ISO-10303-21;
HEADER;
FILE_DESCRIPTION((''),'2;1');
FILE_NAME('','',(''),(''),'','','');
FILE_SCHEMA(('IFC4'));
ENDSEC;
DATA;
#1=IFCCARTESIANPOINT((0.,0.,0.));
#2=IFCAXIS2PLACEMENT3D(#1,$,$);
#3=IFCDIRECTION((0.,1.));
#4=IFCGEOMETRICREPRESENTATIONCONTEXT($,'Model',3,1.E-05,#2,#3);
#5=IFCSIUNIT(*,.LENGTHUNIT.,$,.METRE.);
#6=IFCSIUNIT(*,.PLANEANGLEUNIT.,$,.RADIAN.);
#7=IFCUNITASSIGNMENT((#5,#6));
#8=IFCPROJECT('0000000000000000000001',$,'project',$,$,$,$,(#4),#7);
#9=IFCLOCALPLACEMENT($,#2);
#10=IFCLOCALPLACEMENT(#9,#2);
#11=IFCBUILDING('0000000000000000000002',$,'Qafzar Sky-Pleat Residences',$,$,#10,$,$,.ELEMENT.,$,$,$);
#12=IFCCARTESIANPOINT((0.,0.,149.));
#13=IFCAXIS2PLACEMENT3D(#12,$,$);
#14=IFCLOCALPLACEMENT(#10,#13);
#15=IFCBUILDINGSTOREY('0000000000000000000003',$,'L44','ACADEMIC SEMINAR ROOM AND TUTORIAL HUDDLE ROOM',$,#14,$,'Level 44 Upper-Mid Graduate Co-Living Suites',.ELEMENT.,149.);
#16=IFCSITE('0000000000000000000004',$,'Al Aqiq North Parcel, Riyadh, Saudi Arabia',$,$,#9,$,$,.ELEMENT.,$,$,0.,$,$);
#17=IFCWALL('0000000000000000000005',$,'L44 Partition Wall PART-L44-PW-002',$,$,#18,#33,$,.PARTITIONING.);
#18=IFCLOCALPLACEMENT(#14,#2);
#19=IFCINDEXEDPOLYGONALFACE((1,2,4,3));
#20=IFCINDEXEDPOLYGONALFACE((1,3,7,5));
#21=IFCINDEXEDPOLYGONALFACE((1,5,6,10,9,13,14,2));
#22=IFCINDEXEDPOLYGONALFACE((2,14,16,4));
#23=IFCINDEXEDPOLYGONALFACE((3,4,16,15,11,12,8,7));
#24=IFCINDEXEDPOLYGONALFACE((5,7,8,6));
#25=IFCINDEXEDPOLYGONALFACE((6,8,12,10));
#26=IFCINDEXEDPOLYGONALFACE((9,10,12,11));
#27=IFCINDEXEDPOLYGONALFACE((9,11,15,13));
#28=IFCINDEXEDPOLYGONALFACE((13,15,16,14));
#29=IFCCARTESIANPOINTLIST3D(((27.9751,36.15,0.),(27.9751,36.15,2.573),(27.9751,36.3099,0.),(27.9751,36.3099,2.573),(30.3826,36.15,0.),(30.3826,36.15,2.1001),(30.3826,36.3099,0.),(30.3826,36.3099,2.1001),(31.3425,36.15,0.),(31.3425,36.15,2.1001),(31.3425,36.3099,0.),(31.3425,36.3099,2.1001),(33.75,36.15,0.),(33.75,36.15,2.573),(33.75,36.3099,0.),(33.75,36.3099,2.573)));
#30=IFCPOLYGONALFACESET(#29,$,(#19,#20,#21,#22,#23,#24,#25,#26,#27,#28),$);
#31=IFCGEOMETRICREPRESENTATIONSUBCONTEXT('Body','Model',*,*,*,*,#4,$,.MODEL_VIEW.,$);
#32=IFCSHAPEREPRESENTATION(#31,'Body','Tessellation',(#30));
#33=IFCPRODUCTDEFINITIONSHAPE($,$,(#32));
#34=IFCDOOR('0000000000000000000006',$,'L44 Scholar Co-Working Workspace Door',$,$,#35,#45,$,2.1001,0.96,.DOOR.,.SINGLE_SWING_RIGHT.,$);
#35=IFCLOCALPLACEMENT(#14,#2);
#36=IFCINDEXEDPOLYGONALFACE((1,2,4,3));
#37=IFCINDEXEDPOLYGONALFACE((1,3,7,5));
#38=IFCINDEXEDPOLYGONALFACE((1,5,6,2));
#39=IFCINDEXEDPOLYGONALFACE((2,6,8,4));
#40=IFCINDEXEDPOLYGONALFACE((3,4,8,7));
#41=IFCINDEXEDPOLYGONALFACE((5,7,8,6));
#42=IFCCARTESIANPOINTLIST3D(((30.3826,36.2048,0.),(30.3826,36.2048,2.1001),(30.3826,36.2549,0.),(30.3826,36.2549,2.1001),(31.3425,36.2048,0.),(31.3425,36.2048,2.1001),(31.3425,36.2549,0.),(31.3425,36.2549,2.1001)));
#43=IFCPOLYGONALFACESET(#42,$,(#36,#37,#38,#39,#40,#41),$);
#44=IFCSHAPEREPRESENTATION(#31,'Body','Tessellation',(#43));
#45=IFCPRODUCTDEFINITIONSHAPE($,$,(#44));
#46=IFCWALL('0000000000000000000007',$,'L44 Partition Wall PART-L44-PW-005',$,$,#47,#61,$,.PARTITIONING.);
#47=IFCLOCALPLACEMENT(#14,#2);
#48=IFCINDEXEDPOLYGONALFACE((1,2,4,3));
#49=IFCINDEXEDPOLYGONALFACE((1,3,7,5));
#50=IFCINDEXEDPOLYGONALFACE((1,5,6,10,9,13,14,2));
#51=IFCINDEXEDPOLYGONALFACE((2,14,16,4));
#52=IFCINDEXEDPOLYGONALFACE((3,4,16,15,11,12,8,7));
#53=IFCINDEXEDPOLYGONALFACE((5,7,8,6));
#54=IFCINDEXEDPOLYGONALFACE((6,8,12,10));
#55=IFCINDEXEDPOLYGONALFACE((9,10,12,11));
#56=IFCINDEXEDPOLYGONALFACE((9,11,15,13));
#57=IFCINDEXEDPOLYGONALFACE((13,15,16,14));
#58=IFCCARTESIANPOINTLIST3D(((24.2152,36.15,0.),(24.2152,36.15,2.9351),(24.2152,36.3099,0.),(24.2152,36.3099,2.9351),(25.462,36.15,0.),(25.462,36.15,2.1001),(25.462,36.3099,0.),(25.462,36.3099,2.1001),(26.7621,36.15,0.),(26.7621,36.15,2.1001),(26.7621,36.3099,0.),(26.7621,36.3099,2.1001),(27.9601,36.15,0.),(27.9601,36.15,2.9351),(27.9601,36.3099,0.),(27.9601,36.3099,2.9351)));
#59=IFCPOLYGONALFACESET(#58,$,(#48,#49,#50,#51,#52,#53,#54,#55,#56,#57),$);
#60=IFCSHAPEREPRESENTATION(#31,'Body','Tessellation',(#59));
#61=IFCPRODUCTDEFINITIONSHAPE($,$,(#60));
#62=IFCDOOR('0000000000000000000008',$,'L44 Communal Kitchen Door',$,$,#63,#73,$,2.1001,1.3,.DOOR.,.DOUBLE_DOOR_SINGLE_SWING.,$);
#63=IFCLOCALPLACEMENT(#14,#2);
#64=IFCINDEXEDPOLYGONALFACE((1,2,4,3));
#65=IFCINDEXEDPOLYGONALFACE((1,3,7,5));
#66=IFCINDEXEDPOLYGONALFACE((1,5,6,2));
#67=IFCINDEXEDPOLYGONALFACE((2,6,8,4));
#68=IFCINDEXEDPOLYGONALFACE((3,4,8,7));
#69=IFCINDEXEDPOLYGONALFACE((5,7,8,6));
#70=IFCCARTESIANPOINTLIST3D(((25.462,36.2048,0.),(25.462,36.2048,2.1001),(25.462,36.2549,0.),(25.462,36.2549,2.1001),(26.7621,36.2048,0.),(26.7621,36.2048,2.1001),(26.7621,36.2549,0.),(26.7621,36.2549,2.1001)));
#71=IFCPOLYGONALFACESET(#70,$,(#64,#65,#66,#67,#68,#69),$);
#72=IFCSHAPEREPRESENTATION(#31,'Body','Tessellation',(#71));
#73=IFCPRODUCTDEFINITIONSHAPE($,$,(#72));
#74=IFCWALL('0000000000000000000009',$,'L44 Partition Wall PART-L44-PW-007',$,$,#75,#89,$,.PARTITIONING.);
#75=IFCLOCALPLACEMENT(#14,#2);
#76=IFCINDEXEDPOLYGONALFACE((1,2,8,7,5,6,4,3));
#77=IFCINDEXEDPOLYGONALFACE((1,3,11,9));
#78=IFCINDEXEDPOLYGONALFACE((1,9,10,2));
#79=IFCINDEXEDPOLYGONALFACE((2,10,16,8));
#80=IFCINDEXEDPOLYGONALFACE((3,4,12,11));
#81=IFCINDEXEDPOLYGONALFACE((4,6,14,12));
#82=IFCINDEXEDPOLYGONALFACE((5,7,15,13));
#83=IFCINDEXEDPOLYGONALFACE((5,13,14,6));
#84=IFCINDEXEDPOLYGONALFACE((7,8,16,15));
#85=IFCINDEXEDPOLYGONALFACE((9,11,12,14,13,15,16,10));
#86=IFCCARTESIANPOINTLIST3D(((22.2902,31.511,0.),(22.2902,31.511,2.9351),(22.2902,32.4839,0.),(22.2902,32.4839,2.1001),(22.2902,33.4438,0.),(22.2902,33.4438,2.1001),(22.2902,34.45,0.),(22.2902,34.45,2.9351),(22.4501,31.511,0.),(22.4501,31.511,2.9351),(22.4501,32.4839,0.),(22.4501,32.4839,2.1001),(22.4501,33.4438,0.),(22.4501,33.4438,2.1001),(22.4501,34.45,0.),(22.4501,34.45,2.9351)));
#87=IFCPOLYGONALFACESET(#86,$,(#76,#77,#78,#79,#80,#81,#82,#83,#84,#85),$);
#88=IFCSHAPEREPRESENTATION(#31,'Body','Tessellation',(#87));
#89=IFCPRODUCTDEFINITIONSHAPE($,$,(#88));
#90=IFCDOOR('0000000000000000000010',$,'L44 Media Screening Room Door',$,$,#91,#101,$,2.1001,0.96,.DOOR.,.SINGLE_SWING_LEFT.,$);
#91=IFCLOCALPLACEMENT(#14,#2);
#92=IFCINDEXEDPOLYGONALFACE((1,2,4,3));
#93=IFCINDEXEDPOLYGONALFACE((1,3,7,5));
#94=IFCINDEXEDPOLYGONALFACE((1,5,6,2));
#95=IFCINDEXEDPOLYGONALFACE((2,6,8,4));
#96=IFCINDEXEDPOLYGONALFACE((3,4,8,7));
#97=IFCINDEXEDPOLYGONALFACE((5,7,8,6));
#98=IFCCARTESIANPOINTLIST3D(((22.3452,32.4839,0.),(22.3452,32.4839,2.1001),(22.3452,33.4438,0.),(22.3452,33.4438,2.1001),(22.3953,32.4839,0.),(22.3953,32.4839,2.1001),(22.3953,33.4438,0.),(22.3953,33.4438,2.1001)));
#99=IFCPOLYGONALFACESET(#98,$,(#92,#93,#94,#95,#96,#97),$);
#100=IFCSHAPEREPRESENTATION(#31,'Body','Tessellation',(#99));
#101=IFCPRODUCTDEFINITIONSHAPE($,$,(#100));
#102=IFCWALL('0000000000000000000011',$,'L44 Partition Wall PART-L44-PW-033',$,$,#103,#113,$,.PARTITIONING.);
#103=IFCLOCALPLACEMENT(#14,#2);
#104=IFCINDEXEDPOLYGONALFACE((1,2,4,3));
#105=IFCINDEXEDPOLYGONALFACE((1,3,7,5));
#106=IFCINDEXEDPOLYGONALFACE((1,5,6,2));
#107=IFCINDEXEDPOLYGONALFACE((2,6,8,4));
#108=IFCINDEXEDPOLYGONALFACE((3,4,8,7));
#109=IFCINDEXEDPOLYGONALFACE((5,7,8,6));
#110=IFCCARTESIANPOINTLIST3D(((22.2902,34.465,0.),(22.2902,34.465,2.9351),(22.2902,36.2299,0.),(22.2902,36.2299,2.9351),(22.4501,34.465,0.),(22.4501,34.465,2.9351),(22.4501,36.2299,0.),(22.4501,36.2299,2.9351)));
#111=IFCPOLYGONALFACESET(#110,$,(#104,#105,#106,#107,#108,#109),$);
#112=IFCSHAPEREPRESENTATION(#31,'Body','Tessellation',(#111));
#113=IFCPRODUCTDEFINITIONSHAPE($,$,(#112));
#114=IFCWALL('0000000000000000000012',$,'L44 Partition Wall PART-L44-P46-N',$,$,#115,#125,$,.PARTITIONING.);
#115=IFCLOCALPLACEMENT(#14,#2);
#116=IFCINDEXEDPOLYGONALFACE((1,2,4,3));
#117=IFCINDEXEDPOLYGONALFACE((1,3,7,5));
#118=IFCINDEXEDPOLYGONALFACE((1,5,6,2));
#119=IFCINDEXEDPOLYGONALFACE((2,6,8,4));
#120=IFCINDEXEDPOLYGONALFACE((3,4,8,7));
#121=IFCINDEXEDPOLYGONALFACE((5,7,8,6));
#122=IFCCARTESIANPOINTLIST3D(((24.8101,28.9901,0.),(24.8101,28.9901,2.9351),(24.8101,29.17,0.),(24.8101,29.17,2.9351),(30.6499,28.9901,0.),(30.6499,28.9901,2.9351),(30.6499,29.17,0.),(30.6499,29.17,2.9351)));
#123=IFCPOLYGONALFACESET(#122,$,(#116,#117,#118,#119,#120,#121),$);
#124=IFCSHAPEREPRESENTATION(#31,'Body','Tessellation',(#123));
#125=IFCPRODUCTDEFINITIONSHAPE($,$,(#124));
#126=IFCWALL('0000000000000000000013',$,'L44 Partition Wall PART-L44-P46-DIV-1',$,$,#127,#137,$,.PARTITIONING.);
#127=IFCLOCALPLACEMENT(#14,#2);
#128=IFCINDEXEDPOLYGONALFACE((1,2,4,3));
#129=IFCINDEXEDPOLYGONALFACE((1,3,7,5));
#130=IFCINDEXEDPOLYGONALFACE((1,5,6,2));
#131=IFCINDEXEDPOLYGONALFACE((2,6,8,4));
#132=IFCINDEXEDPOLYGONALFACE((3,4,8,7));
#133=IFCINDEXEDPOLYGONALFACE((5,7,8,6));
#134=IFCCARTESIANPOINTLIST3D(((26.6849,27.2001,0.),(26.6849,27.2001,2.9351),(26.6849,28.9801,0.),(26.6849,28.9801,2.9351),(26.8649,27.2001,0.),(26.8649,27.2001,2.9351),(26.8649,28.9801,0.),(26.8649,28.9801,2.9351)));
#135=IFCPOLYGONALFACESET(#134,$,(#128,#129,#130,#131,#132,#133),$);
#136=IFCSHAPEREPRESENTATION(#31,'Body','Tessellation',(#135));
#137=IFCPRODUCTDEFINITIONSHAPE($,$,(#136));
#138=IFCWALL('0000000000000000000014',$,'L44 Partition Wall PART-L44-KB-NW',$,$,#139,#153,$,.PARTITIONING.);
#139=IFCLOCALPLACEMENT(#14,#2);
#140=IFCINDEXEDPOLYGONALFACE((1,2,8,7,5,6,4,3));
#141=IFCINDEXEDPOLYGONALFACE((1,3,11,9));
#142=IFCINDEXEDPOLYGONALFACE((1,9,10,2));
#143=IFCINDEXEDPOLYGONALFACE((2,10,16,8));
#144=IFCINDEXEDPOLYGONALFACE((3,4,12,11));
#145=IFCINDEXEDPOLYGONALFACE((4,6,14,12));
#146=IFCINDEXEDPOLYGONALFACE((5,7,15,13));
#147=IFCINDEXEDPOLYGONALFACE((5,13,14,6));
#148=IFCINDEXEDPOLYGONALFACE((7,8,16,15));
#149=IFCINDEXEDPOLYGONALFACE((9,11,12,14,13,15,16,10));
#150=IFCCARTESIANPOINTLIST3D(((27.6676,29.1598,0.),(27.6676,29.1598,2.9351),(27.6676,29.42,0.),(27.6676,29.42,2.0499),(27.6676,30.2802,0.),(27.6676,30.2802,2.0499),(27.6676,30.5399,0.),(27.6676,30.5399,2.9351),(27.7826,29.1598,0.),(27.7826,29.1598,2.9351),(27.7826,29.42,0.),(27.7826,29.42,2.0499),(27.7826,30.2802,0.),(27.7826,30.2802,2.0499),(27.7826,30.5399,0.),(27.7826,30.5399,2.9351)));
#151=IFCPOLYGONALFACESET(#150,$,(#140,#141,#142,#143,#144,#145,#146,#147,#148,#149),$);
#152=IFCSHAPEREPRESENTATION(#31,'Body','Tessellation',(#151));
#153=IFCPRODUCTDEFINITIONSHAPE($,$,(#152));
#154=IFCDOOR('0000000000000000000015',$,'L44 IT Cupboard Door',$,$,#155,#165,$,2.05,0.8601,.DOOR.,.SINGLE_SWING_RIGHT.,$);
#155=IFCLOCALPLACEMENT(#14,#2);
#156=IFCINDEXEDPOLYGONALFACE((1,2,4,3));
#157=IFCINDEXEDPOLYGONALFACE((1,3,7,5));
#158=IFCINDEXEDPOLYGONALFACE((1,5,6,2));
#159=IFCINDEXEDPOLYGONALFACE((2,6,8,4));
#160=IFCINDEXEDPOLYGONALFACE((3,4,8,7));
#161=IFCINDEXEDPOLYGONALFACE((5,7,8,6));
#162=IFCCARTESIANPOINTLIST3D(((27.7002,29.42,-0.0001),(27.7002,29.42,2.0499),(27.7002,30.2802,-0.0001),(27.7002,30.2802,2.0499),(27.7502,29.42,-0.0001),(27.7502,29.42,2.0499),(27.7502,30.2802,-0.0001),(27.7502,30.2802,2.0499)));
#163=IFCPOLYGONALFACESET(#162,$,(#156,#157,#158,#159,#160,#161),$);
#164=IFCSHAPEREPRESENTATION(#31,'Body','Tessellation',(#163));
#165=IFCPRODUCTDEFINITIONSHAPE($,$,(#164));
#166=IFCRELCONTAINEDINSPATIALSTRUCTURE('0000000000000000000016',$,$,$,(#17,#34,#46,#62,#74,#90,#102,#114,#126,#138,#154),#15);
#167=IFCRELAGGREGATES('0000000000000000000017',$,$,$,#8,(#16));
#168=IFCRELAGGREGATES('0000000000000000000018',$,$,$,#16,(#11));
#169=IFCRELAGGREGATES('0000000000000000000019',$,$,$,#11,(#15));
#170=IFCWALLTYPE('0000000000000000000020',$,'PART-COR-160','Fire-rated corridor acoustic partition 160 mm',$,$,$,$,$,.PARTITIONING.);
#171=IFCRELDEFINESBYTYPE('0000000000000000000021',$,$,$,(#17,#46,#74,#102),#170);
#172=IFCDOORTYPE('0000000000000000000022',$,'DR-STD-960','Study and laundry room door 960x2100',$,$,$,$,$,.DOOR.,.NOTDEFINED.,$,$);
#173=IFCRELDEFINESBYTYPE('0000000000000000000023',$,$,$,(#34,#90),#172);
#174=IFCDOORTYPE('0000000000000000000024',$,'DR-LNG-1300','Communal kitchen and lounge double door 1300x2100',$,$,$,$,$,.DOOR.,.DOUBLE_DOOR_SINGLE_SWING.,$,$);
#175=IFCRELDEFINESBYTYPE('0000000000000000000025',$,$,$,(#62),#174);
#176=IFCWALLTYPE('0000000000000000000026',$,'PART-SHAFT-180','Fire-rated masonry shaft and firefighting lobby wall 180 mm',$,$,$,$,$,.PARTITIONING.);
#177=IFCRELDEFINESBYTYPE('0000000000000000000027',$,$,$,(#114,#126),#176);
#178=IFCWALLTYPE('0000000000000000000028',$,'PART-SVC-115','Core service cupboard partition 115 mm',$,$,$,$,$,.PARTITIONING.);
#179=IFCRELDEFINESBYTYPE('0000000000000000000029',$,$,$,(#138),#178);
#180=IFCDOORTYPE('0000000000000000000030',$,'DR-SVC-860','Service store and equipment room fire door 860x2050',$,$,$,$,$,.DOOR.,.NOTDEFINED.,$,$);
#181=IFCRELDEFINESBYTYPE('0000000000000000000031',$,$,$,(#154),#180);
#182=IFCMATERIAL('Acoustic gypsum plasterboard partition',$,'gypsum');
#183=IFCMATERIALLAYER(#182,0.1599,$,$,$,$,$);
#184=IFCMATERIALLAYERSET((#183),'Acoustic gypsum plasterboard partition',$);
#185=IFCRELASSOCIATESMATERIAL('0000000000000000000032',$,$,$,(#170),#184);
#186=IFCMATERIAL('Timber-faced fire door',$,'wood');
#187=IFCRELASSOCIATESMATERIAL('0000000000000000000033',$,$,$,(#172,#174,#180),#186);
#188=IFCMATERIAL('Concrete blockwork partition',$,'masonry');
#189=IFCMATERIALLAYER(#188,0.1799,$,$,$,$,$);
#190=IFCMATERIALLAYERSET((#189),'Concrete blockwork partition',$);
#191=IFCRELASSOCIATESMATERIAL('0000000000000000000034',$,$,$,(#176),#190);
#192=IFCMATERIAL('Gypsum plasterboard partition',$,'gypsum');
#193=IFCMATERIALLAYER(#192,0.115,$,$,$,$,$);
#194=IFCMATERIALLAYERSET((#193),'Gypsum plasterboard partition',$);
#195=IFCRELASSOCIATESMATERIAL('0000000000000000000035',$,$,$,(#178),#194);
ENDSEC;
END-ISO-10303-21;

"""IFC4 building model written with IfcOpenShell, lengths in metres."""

from ifc_helpers import new_model, si_unit, direction, frame, frame_2d, origin, place, context, subcontext, project, spatial, rectangle, extrude, source, transform, mapped, material, layer, layer_set, type_object, element, fill, save


model = new_model("IFC4")

# Units and contexts
model_context = context("Model", 3, precision=1e-05, world=origin(), true_north=direction((0.0, 1.0)))
body_context = subcontext(model_context, "Body", "Model", "MODEL_VIEW")
ifc_project = project(units=[si_unit("LENGTHUNIT", "METRE"), si_unit("PLANEANGLEUNIT", "RADIAN")], contexts=[model_context])

# Site, building, storey
site_placement = place(None, origin())
site = spatial("IfcSite", under=ifc_project, at=site_placement, Name="Al Aqiq North Parcel, Riyadh, Saudi Arabia", CompositionType="ELEMENT", RefElevation=0.0)
building_placement = place(site_placement, origin())
building = spatial("IfcBuilding", under=site, at=building_placement, Name="Qafzar Sky-Pleat Residences", CompositionType="ELEMENT")
storey_placement = place(building_placement, frame((0.0, 0.0, 149.0)))
storey = spatial("IfcBuildingStorey", under=building, at=storey_placement, Name="L44", Description="ACADEMIC SEMINAR ROOM AND TUTORIAL HUDDLE ROOM", LongName="Level 44 Upper-Mid Graduate Co-Living Suites", CompositionType="ELEMENT", Elevation=149.0)

# Walls, openings, doors
ifc_material_1 = material(Name="Acoustic gypsum plasterboard partition", Category="gypsum")
ifc_layer_1 = layer(ifc_material_1, 0.1599)
ifc_layer_set_1 = layer_set([ifc_layer_1], Name="Acoustic gypsum plasterboard partition")
wall_type_1 = type_object("IfcWallType", Name="PART-COR-160", Description="Fire-rated corridor acoustic partition 160 mm", PredefinedType="PARTITIONING", material=ifc_layer_set_1)
wall_1_placement = place(storey_placement, frame((27.9751, 36.23, 0.0), z_axis=(0.0, 0.0, 1.0), x_axis=(1.0, 0.0, 0.0)))
wall_1 = element("IfcWall", 1, at=wall_1_placement, inside=storey, type_object=wall_type_1, Name="L44 Partition Wall PART-L44-PW-002", PredefinedType="PARTITIONING", context=body_context, shape_type="SweptSolid", body=[
    extrude(rectangle(XDim=5.7749, YDim=0.1599, at=frame_2d((2.8875, 0.0))), origin(), (0.0, 0.0, 1.0), 2.573),
])
opening_1_placement = place(wall_1_placement, frame((2.4075, 0.0, 0.0)))
opening_1 = element("IfcOpeningElement", 2, at=opening_1_placement, cuts=wall_1, PredefinedType="OPENING", context=body_context, shape_type="SweptSolid", body=[
    extrude(rectangle(XDim=0.96, YDim=2.1001, at=frame_2d((0.48, 1.05))), frame((0.0, 0.0898, 0.0), z_axis=(0.0, -1.0, 0.0), x_axis=(1.0, 0.0, 0.0)), (0.0, 0.0, 1.0), 0.1799),
])
ifc_material_2 = material(Name="Timber-faced fire door", Category="wood")
door_type_1 = type_object("IfcDoorType", Name="DR-STD-960", Description="Study and laundry room door 960x2100", OperationType="NOTDEFINED", PredefinedType="DOOR", material=ifc_material_2)
shared_shape_1 = source(origin(), body_context, "Body", "SweptSolid", [
    extrude(rectangle(XDim=0.96, YDim=2.1001, at=frame_2d((0.48, 1.05))), frame((0.0, 0.0249, 0.0), z_axis=(0.0, -1.0, 0.0), x_axis=(1.0, 0.0, 0.0)), (0.0, 0.0, 1.0), 0.05),
])
door_1_placement = place(opening_1_placement, origin())
door_1 = element("IfcDoor", 3, at=door_1_placement, inside=storey, type_object=door_type_1, Name="L44 Scholar Co-Working Workspace Door", OperationType="SINGLE_SWING_RIGHT", OverallHeight=2.1001, OverallWidth=0.96, PredefinedType="DOOR", context=body_context, shape_type="MappedRepresentation", body=[
    mapped(shared_shape_1, transform((0.0, 0.0, 0.0), x_axis=(1.0, 0.0, 0.0), y_axis=(0.0, 1.0, 0.0), z_axis=(0.0, 0.0, 1.0), scale=1.0)),
])
fill(opening_1, door_1)
wall_2_placement = place(storey_placement, frame((24.2151, 36.23, 0.0), z_axis=(0.0, 0.0, 1.0), x_axis=(1.0, 0.0, 0.0)))
wall_2 = element("IfcWall", 4, at=wall_2_placement, inside=storey, type_object=wall_type_1, Name="L44 Partition Wall PART-L44-PW-005", PredefinedType="PARTITIONING", context=body_context, shape_type="SweptSolid", body=[
    extrude(rectangle(XDim=3.7449, YDim=0.1599, at=frame_2d((1.8726, 0.0))), origin(), (0.0, 0.0, 1.0), 2.9351),
])
opening_2_placement = place(wall_2_placement, frame((1.2471, 0.0, 0.0)))
opening_2 = element("IfcOpeningElement", 5, at=opening_2_placement, cuts=wall_2, PredefinedType="OPENING", context=body_context, shape_type="SweptSolid", body=[
    extrude(rectangle(XDim=1.3, YDim=2.1001, at=frame_2d((0.6499, 1.05))), frame((0.0, 0.0898, 0.0), z_axis=(0.0, -1.0, 0.0), x_axis=(1.0, 0.0, 0.0)), (0.0, 0.0, 1.0), 0.1799),
])
door_type_2 = type_object("IfcDoorType", Name="DR-LNG-1300", Description="Communal kitchen and lounge double door 1300x2100", OperationType="DOUBLE_DOOR_SINGLE_SWING", PredefinedType="DOOR", material=ifc_material_2)
shared_shape_2 = source(origin(), body_context, "Body", "SweptSolid", [
    extrude(rectangle(XDim=1.3, YDim=2.1001, at=frame_2d((0.6499, 1.05))), frame((0.0, 0.0249, 0.0), z_axis=(0.0, -1.0, 0.0), x_axis=(1.0, 0.0, 0.0)), (0.0, 0.0, 1.0), 0.05),
])
door_2_placement = place(opening_2_placement, origin())
door_2 = element("IfcDoor", 6, at=door_2_placement, inside=storey, type_object=door_type_2, Name="L44 Communal Kitchen Door", OperationType="DOUBLE_DOOR_SINGLE_SWING", OverallHeight=2.1001, OverallWidth=1.3, PredefinedType="DOOR", context=body_context, shape_type="MappedRepresentation", body=[
    mapped(shared_shape_2, transform((0.0, 0.0, 0.0), x_axis=(1.0, 0.0, 0.0), y_axis=(0.0, 1.0, 0.0), z_axis=(0.0, 0.0, 1.0), scale=1.0)),
])
fill(opening_2, door_2)
wall_3_placement = place(storey_placement, frame((22.3701, 31.511, 0.0), z_axis=(0.0, 0.0, 1.0), x_axis=(0.0, 1.0, 0.0)))
wall_3 = element("IfcWall", 7, at=wall_3_placement, inside=storey, type_object=wall_type_1, Name="L44 Partition Wall PART-L44-PW-007", PredefinedType="PARTITIONING", context=body_context, shape_type="SweptSolid", body=[
    extrude(rectangle(XDim=2.939, YDim=0.1599, at=frame_2d((1.4695, 0.0))), origin(), (0.0, 0.0, 1.0), 2.9351),
])
opening_3_placement = place(wall_3_placement, frame((0.9729, 0.0, 0.0)))
opening_3 = element("IfcOpeningElement", 8, at=opening_3_placement, cuts=wall_3, PredefinedType="OPENING", context=body_context, shape_type="SweptSolid", body=[
    extrude(rectangle(XDim=0.96, YDim=2.1001, at=frame_2d((0.48, 1.05))), frame((0.0, 0.0898, 0.0), z_axis=(0.0, -1.0, 0.0), x_axis=(1.0, 0.0, 0.0)), (0.0, 0.0, 1.0), 0.1799),
])
door_3_placement = place(opening_3_placement, origin())
door_3 = element("IfcDoor", 9, at=door_3_placement, inside=storey, type_object=door_type_1, Name="L44 Media Screening Room Door", OperationType="SINGLE_SWING_LEFT", OverallHeight=2.1001, OverallWidth=0.96, PredefinedType="DOOR", context=body_context, shape_type="MappedRepresentation", body=[
    mapped(shared_shape_1, transform((0.0, 0.0, 0.0), x_axis=(1.0, 0.0, 0.0), y_axis=(0.0, 1.0, 0.0), z_axis=(0.0, 0.0, 1.0), scale=1.0)),
])
fill(opening_3, door_3)

# Walls
wall_4_placement = place(storey_placement, frame((22.3701, 34.4651, 0.0), z_axis=(0.0, 0.0, 1.0), x_axis=(0.0, 1.0, 0.0)))
element("IfcWall", 10, at=wall_4_placement, inside=storey, type_object=wall_type_1, Name="L44 Partition Wall PART-L44-PW-033", PredefinedType="PARTITIONING", context=body_context, shape_type="SweptSolid", body=[
    extrude(rectangle(XDim=1.7649, YDim=0.1599, at=frame_2d((0.8823, 0.0))), origin(), (0.0, 0.0, 1.0), 2.9351),
])
ifc_material_3 = material(Name="Concrete blockwork partition", Category="masonry")
ifc_layer_2 = layer(ifc_material_3, 0.1799)
ifc_layer_set_2 = layer_set([ifc_layer_2], Name="Concrete blockwork partition")
wall_type_2 = type_object("IfcWallType", Name="PART-SHAFT-180", Description="Fire-rated masonry shaft and firefighting lobby wall 180 mm", PredefinedType="PARTITIONING", material=ifc_layer_set_2)
wall_5_placement = place(storey_placement, frame((24.8101, 29.0801, 0.0), z_axis=(0.0, 0.0, 1.0), x_axis=(1.0, 0.0, 0.0)))
element("IfcWall", 11, at=wall_5_placement, inside=storey, type_object=wall_type_2, Name="L44 Partition Wall PART-L44-P46-N", PredefinedType="PARTITIONING", context=body_context, shape_type="SweptSolid", body=[
    extrude(rectangle(XDim=5.8398, YDim=0.1799, at=frame_2d((2.9199, 0.0))), origin(), (0.0, 0.0, 1.0), 2.9351),
])

# Wall
wall_6_placement = place(storey_placement, frame((26.7749, 27.2, 0.0), z_axis=(0.0, 0.0, 1.0), x_axis=(0.0, 1.0, 0.0)))
element("IfcWall", 12, at=wall_6_placement, inside=storey, type_object=wall_type_2, Name="L44 Partition Wall PART-L44-P46-DIV-1", PredefinedType="PARTITIONING", context=body_context, shape_type="SweptSolid", body=[
    extrude(rectangle(XDim=1.78, YDim=0.1799, at=frame_2d((0.8901, 0.0))), origin(), (0.0, 0.0, 1.0), 2.9351),
])

# Wall, opening, door
ifc_material_4 = material(Name="Gypsum plasterboard partition", Category="gypsum")
ifc_layer_3 = layer(ifc_material_4, 0.115)
ifc_layer_set_3 = layer_set([ifc_layer_3], Name="Gypsum plasterboard partition")
wall_type_3 = type_object("IfcWallType", Name="PART-SVC-115", Description="Core service cupboard partition 115 mm", PredefinedType="PARTITIONING", material=ifc_layer_set_3)
wall_7_placement = place(storey_placement, frame((27.7251, 29.1599, 0.0), z_axis=(0.0, 0.0, 1.0), x_axis=(0.0, 1.0, 0.0)))
wall_7 = element("IfcWall", 13, at=wall_7_placement, inside=storey, type_object=wall_type_3, Name="L44 Partition Wall PART-L44-KB-NW", PredefinedType="PARTITIONING", context=body_context, shape_type="SweptSolid", body=[
    extrude(rectangle(XDim=1.3801, YDim=0.115, at=frame_2d((0.6899, 0.0))), origin(), (0.0, 0.0, 1.0), 2.9351),
])
opening_4_placement = place(wall_7_placement, frame((0.26, 0.0, 0.0)))
opening_4 = element("IfcOpeningElement", 14, at=opening_4_placement, cuts=wall_7, PredefinedType="OPENING", context=body_context, shape_type="SweptSolid", body=[
    extrude(rectangle(XDim=0.8601, YDim=2.05, at=frame_2d((0.4302, 1.0249))), frame((0.0, 0.0674, 0.0), z_axis=(0.0, -1.0, 0.0), x_axis=(1.0, 0.0, 0.0)), (0.0, 0.0, 1.0), 0.135),
])
door_type_3 = type_object("IfcDoorType", Name="DR-SVC-860", Description="Service store and equipment room fire door 860x2050", OperationType="NOTDEFINED", PredefinedType="DOOR", material=ifc_material_2)
shared_shape_3 = source(origin(), body_context, "Body", "SweptSolid", [
    extrude(rectangle(XDim=0.8601, YDim=2.05, at=frame_2d((0.4302, 1.0249))), frame((0.0, 0.0249, 0.0), z_axis=(0.0, -1.0, 0.0), x_axis=(1.0, 0.0, 0.0)), (0.0, 0.0, 1.0), 0.05),
])
door_4_placement = place(opening_4_placement, origin())
door_4 = element("IfcDoor", 15, at=door_4_placement, inside=storey, type_object=door_type_3, Name="L44 IT Cupboard Door", OperationType="SINGLE_SWING_RIGHT", OverallHeight=2.05, OverallWidth=0.8601, PredefinedType="DOOR", context=body_context, shape_type="MappedRepresentation", body=[
    mapped(shared_shape_3, transform((0.0, 0.0, 0.0), x_axis=(1.0, 0.0, 0.0), y_axis=(0.0, 1.0, 0.0), z_axis=(0.0, 0.0, 1.0), scale=1.0)),
])
fill(opening_4, door_4)

save(model, "model.ifc")
